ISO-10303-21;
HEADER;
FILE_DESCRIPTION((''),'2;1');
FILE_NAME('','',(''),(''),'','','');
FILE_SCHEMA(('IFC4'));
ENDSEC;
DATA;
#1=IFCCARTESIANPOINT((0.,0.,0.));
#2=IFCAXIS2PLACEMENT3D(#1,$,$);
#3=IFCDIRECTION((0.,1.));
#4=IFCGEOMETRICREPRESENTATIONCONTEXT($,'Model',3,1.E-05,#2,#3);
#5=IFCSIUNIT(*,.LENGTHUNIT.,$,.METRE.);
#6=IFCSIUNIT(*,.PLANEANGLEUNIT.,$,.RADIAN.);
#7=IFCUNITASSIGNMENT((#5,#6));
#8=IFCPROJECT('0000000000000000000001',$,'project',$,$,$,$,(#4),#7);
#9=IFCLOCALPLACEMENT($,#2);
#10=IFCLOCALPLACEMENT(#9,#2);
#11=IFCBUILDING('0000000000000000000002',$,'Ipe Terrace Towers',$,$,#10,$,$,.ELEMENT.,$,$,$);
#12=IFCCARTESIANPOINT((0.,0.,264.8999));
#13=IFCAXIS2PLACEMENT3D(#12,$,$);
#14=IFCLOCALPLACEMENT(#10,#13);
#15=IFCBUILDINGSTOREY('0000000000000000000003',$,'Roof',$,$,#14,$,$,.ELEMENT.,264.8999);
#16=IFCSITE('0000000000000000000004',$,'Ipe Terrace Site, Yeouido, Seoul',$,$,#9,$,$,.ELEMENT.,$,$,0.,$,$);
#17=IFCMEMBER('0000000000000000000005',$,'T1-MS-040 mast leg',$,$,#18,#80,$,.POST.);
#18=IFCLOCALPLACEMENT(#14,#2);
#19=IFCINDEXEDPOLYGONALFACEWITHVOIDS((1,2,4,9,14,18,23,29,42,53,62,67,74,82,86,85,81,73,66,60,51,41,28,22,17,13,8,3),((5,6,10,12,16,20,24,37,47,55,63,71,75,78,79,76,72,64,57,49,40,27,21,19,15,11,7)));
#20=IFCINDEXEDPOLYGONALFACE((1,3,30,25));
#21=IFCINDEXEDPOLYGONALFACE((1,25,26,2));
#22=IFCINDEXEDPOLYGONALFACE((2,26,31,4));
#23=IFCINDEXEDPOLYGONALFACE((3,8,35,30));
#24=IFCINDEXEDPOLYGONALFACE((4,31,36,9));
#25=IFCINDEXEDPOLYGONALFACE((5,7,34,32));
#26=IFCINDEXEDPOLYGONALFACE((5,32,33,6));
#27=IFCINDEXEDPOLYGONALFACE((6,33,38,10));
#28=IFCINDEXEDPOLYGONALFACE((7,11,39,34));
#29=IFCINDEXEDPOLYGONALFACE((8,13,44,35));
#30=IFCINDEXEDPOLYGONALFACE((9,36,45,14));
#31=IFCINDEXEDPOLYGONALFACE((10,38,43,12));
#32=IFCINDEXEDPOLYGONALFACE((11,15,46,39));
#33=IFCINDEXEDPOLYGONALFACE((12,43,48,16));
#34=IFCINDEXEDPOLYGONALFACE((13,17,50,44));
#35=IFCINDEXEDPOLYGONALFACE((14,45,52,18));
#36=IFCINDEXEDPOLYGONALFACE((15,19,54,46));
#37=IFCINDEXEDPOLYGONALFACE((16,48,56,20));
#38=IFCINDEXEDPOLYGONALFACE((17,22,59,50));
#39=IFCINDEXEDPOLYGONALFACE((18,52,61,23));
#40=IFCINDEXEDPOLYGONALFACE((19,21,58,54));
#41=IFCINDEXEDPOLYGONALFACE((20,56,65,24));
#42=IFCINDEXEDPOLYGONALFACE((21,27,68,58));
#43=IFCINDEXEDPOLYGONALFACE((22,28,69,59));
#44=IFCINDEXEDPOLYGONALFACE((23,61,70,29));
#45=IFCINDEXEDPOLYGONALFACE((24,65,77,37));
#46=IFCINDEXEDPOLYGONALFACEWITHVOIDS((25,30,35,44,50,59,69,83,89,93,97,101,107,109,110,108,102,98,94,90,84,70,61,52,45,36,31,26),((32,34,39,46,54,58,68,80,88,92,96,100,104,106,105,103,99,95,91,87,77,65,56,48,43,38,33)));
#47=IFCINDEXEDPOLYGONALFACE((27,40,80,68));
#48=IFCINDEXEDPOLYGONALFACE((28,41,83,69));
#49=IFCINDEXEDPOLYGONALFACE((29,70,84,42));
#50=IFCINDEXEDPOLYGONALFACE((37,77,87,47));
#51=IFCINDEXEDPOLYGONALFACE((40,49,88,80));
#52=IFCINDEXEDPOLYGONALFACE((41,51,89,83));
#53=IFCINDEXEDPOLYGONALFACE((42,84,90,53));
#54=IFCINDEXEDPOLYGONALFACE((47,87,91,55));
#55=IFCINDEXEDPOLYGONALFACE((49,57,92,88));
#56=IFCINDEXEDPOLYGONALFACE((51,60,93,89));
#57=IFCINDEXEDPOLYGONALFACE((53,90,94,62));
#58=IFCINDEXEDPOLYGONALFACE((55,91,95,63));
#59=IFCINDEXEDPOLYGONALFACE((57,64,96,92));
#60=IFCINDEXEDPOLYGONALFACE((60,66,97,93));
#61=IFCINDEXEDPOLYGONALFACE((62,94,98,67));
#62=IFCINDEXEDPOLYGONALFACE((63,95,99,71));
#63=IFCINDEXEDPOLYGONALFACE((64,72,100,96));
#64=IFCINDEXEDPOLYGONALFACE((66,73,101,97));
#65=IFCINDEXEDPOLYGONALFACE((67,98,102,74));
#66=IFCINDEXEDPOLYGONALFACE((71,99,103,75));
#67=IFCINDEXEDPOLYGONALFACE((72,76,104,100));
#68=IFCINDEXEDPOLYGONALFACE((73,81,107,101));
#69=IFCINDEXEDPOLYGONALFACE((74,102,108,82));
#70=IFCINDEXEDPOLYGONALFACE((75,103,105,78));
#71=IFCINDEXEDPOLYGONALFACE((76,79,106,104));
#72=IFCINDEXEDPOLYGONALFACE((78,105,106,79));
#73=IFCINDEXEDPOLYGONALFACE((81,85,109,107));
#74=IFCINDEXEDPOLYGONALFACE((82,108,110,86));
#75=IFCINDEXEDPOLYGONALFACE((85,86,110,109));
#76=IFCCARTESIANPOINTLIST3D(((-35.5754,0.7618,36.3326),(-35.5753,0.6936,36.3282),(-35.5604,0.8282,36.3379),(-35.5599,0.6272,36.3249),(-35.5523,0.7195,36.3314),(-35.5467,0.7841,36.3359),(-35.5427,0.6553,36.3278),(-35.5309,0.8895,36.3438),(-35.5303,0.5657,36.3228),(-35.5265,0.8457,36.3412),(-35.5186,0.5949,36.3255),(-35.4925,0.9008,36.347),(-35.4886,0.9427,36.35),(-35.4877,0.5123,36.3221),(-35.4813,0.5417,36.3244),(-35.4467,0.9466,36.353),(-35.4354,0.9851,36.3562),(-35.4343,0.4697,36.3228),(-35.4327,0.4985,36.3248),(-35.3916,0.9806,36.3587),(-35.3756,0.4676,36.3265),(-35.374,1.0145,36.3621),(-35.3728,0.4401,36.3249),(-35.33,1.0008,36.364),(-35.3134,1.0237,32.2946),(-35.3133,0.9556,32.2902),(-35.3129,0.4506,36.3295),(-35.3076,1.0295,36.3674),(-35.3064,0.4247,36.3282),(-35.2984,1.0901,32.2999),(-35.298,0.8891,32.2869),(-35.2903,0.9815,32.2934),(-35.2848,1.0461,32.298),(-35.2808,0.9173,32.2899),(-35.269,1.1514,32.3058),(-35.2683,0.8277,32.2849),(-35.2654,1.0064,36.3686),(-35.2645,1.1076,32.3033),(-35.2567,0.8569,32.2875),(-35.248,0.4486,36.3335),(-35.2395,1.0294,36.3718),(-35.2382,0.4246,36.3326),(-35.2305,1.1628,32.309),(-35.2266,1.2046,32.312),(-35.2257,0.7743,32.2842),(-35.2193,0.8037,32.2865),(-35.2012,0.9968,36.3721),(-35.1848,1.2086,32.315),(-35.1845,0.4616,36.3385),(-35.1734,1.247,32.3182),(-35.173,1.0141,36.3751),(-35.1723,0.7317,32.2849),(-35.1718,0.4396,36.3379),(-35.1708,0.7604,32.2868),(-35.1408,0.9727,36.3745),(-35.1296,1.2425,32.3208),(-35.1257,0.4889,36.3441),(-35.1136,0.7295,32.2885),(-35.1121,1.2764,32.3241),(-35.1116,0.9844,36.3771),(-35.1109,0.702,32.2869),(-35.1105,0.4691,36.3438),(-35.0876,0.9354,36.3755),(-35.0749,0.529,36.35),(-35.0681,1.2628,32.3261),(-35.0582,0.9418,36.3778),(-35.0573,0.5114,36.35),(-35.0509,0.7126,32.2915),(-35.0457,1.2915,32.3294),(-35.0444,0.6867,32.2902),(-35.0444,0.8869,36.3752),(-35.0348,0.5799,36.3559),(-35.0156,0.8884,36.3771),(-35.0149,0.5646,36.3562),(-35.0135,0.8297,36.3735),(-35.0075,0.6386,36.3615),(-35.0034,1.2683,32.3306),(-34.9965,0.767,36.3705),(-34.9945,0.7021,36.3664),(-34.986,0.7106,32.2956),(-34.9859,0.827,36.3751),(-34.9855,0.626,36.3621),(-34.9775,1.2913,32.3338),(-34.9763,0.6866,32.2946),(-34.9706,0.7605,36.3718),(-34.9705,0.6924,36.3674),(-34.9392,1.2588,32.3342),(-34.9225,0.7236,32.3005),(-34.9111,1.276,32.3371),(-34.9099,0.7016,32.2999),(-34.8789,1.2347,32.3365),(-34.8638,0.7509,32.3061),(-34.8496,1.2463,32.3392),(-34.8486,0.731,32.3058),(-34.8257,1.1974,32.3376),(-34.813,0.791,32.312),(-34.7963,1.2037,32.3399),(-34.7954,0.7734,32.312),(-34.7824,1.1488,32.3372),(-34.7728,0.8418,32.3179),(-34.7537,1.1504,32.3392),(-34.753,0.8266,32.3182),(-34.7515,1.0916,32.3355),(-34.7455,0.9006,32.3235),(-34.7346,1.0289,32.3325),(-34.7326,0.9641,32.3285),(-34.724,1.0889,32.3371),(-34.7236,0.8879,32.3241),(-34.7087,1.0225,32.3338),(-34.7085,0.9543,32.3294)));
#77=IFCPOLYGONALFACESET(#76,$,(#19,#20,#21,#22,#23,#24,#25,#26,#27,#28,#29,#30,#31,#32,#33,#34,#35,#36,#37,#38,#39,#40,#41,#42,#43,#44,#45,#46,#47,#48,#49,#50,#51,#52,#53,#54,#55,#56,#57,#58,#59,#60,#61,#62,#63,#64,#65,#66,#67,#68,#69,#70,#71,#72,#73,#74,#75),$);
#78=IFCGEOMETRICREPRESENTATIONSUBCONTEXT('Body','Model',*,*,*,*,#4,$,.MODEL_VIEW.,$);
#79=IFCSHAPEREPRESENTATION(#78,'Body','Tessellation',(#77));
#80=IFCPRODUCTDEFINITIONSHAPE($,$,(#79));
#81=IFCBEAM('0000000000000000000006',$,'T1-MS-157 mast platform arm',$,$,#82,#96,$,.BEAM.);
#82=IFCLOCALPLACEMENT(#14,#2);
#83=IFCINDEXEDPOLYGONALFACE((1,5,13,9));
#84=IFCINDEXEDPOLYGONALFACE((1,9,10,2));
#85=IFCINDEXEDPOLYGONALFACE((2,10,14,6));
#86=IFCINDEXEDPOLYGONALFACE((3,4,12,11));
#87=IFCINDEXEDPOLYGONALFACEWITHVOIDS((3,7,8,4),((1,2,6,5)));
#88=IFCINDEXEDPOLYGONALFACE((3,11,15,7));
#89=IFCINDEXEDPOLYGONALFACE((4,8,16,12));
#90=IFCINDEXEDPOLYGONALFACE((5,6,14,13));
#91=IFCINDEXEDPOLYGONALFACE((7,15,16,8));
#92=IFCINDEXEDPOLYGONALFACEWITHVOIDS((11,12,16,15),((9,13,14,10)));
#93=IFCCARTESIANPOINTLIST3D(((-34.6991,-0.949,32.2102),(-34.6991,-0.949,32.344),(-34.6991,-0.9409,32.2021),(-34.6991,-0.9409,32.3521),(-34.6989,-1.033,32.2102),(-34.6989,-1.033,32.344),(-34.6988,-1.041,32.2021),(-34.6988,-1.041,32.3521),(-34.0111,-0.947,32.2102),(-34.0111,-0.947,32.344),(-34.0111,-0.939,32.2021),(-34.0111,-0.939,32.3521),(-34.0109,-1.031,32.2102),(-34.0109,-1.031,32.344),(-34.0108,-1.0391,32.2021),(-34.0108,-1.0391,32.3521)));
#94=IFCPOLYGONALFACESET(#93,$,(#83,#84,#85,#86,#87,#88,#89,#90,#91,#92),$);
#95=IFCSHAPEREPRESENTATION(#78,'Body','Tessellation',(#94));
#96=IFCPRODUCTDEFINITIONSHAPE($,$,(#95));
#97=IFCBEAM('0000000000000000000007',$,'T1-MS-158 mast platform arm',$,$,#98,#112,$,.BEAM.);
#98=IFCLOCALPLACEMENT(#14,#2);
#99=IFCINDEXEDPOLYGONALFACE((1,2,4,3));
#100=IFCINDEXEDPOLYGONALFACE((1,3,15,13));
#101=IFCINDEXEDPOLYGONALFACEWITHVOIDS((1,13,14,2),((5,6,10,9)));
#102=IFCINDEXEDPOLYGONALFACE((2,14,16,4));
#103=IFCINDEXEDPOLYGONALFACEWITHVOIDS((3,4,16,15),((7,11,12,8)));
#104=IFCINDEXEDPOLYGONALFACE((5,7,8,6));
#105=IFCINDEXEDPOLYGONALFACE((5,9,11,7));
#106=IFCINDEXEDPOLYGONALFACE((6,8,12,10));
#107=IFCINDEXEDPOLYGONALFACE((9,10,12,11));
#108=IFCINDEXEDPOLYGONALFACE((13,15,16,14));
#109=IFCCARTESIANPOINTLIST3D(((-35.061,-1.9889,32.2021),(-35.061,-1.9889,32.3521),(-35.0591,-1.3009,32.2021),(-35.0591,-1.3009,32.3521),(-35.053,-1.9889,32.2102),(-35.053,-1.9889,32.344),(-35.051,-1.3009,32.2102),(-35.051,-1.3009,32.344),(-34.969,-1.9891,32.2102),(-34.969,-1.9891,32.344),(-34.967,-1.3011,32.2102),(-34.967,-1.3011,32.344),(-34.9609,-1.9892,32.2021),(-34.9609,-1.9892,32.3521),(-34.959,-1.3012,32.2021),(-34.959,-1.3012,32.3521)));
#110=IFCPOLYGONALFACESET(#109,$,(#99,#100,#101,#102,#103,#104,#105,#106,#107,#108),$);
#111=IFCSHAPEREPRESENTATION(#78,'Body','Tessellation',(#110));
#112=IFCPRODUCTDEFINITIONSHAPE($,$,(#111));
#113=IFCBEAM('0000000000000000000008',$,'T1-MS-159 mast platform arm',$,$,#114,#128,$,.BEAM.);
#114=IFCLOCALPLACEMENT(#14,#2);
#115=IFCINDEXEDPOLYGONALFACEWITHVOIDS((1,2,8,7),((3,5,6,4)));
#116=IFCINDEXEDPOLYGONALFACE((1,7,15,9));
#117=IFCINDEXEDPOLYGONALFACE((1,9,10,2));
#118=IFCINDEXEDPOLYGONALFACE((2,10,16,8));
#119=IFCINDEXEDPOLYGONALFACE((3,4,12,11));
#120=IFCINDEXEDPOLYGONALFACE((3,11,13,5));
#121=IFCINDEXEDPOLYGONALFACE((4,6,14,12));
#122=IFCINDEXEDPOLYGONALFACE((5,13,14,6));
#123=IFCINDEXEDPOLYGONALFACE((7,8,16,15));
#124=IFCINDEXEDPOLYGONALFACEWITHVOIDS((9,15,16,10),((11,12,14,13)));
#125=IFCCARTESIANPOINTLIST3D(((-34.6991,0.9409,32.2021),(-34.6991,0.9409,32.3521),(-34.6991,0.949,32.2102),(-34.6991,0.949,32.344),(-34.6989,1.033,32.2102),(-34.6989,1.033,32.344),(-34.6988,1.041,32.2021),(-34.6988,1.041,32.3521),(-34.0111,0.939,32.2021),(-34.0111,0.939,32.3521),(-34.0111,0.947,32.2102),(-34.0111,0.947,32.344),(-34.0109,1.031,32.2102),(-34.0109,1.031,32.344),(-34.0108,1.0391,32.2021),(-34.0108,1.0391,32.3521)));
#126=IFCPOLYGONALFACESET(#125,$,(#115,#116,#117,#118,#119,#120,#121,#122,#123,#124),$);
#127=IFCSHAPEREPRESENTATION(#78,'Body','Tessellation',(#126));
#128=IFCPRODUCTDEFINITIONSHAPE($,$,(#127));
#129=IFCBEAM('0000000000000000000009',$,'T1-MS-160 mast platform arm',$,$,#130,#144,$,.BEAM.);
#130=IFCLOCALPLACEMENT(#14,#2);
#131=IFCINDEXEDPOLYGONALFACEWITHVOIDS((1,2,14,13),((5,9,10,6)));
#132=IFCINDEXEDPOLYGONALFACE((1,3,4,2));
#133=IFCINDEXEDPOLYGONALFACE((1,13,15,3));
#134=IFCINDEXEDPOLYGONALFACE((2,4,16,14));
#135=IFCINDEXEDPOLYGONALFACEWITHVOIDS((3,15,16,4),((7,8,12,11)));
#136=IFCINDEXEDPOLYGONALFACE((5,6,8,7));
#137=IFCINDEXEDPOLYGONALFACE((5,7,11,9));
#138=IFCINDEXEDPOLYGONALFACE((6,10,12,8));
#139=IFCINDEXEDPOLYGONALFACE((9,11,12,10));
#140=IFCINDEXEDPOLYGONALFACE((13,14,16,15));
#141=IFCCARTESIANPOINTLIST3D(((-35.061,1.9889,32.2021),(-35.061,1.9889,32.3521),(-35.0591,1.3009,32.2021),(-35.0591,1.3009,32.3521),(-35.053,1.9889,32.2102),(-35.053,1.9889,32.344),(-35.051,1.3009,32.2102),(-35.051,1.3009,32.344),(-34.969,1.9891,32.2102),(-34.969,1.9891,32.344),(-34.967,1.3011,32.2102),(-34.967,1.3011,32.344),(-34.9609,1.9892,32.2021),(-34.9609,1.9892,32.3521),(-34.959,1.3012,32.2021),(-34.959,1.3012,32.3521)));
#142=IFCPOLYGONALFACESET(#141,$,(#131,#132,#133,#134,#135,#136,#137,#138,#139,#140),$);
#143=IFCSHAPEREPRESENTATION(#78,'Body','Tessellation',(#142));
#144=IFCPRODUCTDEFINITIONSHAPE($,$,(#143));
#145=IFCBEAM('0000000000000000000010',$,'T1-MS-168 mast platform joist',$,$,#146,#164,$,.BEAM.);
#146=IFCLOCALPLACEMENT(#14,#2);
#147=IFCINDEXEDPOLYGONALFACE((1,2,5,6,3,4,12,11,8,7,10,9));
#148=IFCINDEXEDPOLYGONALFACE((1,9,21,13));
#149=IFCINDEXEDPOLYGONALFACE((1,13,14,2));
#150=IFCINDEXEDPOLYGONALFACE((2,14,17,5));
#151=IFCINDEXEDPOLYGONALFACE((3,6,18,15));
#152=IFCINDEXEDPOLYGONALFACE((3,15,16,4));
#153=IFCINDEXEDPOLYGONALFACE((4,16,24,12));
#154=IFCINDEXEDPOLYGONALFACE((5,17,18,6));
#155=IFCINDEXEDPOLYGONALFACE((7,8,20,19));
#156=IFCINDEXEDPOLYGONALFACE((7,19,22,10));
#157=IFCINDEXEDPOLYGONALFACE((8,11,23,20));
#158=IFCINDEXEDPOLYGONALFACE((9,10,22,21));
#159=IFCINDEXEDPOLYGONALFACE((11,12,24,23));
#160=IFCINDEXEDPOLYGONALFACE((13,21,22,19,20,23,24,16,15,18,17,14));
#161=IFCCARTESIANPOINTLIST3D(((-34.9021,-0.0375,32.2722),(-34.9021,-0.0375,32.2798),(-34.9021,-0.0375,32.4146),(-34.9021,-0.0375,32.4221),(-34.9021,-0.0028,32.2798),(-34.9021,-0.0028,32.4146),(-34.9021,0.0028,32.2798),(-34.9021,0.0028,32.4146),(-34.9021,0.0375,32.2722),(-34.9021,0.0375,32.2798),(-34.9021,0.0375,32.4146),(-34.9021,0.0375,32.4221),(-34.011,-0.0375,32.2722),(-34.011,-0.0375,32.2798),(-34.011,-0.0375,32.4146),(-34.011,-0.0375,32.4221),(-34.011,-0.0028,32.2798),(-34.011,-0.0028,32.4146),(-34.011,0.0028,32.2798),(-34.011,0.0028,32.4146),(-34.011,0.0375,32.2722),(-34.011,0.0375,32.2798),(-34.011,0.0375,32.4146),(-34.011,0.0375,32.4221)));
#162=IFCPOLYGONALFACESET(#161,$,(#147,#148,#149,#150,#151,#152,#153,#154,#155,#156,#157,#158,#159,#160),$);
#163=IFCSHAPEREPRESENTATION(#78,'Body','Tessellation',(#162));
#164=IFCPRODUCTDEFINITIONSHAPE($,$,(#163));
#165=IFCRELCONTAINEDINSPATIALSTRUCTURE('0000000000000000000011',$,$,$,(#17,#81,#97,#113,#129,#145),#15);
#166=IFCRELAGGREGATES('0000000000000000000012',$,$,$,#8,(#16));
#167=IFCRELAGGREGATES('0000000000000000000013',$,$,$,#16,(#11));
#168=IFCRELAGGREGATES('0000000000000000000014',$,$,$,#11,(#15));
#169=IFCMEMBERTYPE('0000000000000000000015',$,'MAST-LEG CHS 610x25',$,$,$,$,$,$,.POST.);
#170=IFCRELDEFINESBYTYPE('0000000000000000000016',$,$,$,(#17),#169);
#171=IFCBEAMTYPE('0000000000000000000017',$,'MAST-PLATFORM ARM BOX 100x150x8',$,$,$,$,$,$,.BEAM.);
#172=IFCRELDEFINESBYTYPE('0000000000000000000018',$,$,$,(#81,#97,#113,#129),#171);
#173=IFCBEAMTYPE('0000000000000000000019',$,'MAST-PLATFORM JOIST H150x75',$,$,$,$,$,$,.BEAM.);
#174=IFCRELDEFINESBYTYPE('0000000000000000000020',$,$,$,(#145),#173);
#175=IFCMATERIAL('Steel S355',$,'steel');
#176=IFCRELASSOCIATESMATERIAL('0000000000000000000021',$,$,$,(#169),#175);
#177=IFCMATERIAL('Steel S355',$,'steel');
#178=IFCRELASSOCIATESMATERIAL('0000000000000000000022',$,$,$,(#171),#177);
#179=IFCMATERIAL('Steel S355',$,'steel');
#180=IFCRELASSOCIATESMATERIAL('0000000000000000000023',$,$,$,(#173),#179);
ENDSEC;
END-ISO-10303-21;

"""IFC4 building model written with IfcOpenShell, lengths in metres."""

from ifc_helpers import new_model, si_unit, direction, frame, origin, origin_2d, place, context, subcontext, project, spatial, hollow_rectangle, hollow_circle, i_section, extrude, material, material_profile, profile_set, type_object, element, save


model = new_model("IFC4")

# Units and contexts
model_context = context("Model", 3, precision=1e-05, world=origin(), true_north=direction((0.0, 1.0)))
body_context = subcontext(model_context, "Body", "Model", "MODEL_VIEW")
ifc_project = project(units=[si_unit("LENGTHUNIT", "METRE"), si_unit("PLANEANGLEUNIT", "RADIAN")], contexts=[model_context])

# Site, building, storey
site_placement = place(None, origin())
site = spatial("IfcSite", under=ifc_project, at=site_placement, Name="Ipe Terrace Site, Yeouido, Seoul", CompositionType="ELEMENT", RefElevation=0.0)
building_placement = place(site_placement, origin())
building = spatial("IfcBuilding", under=site, at=building_placement, Name="Ipe Terrace Towers", CompositionType="ELEMENT")
storey_placement = place(building_placement, frame((0.0, 0.0, 264.8999)))
storey = spatial("IfcBuildingStorey", under=building, at=storey_placement, Name="Roof", CompositionType="ELEMENT", Elevation=264.8999)

# Member
ifc_material_1 = material(Name="Steel S355", Category="steel")
ifc_material_profile_1 = material_profile(ifc_material_1, hollow_circle(Radius=0.3049, WallThickness=0.0249, at=origin_2d()), Name="MAST-LEG CHS 610x25")
ifc_profile_set_1 = profile_set([ifc_material_profile_1], Name="Steel S355")
member_type_1 = type_object("IfcMemberType", Name="MAST-LEG CHS 610x25", PredefinedType="POST", material=ifc_profile_set_1)
member_1_placement = place(storey_placement, frame((-35.011, 0.989, 32.312), z_axis=(-0.064602, -0.064602, 0.995818), x_axis=(0.707107, -0.707107, 0.0)))
element("IfcMember", 1, at=member_1_placement, inside=storey, type_object=member_type_1, Name="T1-MS-040 mast leg", PredefinedType="POST", context=body_context, shape_type="SweptSolid", body=[
    extrude(hollow_circle(Radius=0.3049, WallThickness=0.0249, at=origin_2d()), origin(), (0.0, 0.0, 1.0), 4.0549),
])

# Beams
ifc_material_2 = material(Name="Steel S355", Category="steel")
ifc_material_profile_2 = material_profile(ifc_material_2, hollow_rectangle(XDim=0.1001, YDim=0.1499, WallThickness=0.0081, at=origin_2d()), Name="MAST-PLATFORM ARM BOX 100x150x8")
ifc_profile_set_2 = profile_set([ifc_material_profile_2], Name="Steel S355")
beam_type_1 = type_object("IfcBeamType", Name="MAST-PLATFORM ARM BOX 100x150x8", PredefinedType="BEAM", material=ifc_profile_set_2)
for number, where, z_axis, x_axis, name in (
    (2, (-34.699, -0.991, 32.2771), (0.999996, 0.002839, 0.0), (-0.002839, 0.999996, 0.0), "T1-MS-157 mast platform arm"),
    (3, (-35.009, -1.301, 32.2771), (-0.002839, -0.999996, 0.0), (0.999996, -0.002839, 0.0), "T1-MS-158 mast platform arm"),
    (4, (-34.699, 0.991, 32.2771), (0.999996, -0.002839, 0.0), (0.002839, 0.999996, 0.0), "T1-MS-159 mast platform arm"),
    (5, (-35.009, 1.301, 32.2771), (-0.002839, 0.999996, 0.0), (-0.999996, -0.002839, 0.0), "T1-MS-160 mast platform arm"),
):
    element("IfcBeam", number, at=place(storey_placement, frame(where, z_axis=z_axis, x_axis=x_axis)), inside=storey, type_object=beam_type_1, Name=name, PredefinedType="BEAM", context=body_context, shape_type="SweptSolid", body=[
        extrude(hollow_rectangle(XDim=0.1001, YDim=0.1499, WallThickness=0.0081, at=origin_2d()), origin(), (0.0, 0.0, 1.0), 0.688),
    ])
ifc_material_3 = material(Name="Steel S355", Category="steel")
ifc_material_profile_3 = material_profile(ifc_material_3, i_section(OverallWidth=0.075, OverallDepth=0.1499, WebThickness=0.0056, FlangeThickness=0.0076, at=origin_2d()), Name="H150x75")
ifc_profile_set_3 = profile_set([ifc_material_profile_3], Name="Steel S355")
beam_type_2 = type_object("IfcBeamType", Name="MAST-PLATFORM JOIST H150x75", PredefinedType="BEAM", material=ifc_profile_set_3)
beam_placement = place(storey_placement, frame((-34.9021, 0.0, 32.3472), z_axis=(1.0, 0.0, 0.0), x_axis=(0.0, 1.0, 0.0)))
element("IfcBeam", 6, at=beam_placement, inside=storey, type_object=beam_type_2, Name="T1-MS-168 mast platform joist", PredefinedType="BEAM", context=body_context, shape_type="SweptSolid", body=[
    extrude(i_section(OverallWidth=0.075, OverallDepth=0.1499, WebThickness=0.0056, FlangeThickness=0.0076, at=origin_2d()), origin(), (0.0, 0.0, 1.0), 0.8911),
])

save(model, "model.ifc")
